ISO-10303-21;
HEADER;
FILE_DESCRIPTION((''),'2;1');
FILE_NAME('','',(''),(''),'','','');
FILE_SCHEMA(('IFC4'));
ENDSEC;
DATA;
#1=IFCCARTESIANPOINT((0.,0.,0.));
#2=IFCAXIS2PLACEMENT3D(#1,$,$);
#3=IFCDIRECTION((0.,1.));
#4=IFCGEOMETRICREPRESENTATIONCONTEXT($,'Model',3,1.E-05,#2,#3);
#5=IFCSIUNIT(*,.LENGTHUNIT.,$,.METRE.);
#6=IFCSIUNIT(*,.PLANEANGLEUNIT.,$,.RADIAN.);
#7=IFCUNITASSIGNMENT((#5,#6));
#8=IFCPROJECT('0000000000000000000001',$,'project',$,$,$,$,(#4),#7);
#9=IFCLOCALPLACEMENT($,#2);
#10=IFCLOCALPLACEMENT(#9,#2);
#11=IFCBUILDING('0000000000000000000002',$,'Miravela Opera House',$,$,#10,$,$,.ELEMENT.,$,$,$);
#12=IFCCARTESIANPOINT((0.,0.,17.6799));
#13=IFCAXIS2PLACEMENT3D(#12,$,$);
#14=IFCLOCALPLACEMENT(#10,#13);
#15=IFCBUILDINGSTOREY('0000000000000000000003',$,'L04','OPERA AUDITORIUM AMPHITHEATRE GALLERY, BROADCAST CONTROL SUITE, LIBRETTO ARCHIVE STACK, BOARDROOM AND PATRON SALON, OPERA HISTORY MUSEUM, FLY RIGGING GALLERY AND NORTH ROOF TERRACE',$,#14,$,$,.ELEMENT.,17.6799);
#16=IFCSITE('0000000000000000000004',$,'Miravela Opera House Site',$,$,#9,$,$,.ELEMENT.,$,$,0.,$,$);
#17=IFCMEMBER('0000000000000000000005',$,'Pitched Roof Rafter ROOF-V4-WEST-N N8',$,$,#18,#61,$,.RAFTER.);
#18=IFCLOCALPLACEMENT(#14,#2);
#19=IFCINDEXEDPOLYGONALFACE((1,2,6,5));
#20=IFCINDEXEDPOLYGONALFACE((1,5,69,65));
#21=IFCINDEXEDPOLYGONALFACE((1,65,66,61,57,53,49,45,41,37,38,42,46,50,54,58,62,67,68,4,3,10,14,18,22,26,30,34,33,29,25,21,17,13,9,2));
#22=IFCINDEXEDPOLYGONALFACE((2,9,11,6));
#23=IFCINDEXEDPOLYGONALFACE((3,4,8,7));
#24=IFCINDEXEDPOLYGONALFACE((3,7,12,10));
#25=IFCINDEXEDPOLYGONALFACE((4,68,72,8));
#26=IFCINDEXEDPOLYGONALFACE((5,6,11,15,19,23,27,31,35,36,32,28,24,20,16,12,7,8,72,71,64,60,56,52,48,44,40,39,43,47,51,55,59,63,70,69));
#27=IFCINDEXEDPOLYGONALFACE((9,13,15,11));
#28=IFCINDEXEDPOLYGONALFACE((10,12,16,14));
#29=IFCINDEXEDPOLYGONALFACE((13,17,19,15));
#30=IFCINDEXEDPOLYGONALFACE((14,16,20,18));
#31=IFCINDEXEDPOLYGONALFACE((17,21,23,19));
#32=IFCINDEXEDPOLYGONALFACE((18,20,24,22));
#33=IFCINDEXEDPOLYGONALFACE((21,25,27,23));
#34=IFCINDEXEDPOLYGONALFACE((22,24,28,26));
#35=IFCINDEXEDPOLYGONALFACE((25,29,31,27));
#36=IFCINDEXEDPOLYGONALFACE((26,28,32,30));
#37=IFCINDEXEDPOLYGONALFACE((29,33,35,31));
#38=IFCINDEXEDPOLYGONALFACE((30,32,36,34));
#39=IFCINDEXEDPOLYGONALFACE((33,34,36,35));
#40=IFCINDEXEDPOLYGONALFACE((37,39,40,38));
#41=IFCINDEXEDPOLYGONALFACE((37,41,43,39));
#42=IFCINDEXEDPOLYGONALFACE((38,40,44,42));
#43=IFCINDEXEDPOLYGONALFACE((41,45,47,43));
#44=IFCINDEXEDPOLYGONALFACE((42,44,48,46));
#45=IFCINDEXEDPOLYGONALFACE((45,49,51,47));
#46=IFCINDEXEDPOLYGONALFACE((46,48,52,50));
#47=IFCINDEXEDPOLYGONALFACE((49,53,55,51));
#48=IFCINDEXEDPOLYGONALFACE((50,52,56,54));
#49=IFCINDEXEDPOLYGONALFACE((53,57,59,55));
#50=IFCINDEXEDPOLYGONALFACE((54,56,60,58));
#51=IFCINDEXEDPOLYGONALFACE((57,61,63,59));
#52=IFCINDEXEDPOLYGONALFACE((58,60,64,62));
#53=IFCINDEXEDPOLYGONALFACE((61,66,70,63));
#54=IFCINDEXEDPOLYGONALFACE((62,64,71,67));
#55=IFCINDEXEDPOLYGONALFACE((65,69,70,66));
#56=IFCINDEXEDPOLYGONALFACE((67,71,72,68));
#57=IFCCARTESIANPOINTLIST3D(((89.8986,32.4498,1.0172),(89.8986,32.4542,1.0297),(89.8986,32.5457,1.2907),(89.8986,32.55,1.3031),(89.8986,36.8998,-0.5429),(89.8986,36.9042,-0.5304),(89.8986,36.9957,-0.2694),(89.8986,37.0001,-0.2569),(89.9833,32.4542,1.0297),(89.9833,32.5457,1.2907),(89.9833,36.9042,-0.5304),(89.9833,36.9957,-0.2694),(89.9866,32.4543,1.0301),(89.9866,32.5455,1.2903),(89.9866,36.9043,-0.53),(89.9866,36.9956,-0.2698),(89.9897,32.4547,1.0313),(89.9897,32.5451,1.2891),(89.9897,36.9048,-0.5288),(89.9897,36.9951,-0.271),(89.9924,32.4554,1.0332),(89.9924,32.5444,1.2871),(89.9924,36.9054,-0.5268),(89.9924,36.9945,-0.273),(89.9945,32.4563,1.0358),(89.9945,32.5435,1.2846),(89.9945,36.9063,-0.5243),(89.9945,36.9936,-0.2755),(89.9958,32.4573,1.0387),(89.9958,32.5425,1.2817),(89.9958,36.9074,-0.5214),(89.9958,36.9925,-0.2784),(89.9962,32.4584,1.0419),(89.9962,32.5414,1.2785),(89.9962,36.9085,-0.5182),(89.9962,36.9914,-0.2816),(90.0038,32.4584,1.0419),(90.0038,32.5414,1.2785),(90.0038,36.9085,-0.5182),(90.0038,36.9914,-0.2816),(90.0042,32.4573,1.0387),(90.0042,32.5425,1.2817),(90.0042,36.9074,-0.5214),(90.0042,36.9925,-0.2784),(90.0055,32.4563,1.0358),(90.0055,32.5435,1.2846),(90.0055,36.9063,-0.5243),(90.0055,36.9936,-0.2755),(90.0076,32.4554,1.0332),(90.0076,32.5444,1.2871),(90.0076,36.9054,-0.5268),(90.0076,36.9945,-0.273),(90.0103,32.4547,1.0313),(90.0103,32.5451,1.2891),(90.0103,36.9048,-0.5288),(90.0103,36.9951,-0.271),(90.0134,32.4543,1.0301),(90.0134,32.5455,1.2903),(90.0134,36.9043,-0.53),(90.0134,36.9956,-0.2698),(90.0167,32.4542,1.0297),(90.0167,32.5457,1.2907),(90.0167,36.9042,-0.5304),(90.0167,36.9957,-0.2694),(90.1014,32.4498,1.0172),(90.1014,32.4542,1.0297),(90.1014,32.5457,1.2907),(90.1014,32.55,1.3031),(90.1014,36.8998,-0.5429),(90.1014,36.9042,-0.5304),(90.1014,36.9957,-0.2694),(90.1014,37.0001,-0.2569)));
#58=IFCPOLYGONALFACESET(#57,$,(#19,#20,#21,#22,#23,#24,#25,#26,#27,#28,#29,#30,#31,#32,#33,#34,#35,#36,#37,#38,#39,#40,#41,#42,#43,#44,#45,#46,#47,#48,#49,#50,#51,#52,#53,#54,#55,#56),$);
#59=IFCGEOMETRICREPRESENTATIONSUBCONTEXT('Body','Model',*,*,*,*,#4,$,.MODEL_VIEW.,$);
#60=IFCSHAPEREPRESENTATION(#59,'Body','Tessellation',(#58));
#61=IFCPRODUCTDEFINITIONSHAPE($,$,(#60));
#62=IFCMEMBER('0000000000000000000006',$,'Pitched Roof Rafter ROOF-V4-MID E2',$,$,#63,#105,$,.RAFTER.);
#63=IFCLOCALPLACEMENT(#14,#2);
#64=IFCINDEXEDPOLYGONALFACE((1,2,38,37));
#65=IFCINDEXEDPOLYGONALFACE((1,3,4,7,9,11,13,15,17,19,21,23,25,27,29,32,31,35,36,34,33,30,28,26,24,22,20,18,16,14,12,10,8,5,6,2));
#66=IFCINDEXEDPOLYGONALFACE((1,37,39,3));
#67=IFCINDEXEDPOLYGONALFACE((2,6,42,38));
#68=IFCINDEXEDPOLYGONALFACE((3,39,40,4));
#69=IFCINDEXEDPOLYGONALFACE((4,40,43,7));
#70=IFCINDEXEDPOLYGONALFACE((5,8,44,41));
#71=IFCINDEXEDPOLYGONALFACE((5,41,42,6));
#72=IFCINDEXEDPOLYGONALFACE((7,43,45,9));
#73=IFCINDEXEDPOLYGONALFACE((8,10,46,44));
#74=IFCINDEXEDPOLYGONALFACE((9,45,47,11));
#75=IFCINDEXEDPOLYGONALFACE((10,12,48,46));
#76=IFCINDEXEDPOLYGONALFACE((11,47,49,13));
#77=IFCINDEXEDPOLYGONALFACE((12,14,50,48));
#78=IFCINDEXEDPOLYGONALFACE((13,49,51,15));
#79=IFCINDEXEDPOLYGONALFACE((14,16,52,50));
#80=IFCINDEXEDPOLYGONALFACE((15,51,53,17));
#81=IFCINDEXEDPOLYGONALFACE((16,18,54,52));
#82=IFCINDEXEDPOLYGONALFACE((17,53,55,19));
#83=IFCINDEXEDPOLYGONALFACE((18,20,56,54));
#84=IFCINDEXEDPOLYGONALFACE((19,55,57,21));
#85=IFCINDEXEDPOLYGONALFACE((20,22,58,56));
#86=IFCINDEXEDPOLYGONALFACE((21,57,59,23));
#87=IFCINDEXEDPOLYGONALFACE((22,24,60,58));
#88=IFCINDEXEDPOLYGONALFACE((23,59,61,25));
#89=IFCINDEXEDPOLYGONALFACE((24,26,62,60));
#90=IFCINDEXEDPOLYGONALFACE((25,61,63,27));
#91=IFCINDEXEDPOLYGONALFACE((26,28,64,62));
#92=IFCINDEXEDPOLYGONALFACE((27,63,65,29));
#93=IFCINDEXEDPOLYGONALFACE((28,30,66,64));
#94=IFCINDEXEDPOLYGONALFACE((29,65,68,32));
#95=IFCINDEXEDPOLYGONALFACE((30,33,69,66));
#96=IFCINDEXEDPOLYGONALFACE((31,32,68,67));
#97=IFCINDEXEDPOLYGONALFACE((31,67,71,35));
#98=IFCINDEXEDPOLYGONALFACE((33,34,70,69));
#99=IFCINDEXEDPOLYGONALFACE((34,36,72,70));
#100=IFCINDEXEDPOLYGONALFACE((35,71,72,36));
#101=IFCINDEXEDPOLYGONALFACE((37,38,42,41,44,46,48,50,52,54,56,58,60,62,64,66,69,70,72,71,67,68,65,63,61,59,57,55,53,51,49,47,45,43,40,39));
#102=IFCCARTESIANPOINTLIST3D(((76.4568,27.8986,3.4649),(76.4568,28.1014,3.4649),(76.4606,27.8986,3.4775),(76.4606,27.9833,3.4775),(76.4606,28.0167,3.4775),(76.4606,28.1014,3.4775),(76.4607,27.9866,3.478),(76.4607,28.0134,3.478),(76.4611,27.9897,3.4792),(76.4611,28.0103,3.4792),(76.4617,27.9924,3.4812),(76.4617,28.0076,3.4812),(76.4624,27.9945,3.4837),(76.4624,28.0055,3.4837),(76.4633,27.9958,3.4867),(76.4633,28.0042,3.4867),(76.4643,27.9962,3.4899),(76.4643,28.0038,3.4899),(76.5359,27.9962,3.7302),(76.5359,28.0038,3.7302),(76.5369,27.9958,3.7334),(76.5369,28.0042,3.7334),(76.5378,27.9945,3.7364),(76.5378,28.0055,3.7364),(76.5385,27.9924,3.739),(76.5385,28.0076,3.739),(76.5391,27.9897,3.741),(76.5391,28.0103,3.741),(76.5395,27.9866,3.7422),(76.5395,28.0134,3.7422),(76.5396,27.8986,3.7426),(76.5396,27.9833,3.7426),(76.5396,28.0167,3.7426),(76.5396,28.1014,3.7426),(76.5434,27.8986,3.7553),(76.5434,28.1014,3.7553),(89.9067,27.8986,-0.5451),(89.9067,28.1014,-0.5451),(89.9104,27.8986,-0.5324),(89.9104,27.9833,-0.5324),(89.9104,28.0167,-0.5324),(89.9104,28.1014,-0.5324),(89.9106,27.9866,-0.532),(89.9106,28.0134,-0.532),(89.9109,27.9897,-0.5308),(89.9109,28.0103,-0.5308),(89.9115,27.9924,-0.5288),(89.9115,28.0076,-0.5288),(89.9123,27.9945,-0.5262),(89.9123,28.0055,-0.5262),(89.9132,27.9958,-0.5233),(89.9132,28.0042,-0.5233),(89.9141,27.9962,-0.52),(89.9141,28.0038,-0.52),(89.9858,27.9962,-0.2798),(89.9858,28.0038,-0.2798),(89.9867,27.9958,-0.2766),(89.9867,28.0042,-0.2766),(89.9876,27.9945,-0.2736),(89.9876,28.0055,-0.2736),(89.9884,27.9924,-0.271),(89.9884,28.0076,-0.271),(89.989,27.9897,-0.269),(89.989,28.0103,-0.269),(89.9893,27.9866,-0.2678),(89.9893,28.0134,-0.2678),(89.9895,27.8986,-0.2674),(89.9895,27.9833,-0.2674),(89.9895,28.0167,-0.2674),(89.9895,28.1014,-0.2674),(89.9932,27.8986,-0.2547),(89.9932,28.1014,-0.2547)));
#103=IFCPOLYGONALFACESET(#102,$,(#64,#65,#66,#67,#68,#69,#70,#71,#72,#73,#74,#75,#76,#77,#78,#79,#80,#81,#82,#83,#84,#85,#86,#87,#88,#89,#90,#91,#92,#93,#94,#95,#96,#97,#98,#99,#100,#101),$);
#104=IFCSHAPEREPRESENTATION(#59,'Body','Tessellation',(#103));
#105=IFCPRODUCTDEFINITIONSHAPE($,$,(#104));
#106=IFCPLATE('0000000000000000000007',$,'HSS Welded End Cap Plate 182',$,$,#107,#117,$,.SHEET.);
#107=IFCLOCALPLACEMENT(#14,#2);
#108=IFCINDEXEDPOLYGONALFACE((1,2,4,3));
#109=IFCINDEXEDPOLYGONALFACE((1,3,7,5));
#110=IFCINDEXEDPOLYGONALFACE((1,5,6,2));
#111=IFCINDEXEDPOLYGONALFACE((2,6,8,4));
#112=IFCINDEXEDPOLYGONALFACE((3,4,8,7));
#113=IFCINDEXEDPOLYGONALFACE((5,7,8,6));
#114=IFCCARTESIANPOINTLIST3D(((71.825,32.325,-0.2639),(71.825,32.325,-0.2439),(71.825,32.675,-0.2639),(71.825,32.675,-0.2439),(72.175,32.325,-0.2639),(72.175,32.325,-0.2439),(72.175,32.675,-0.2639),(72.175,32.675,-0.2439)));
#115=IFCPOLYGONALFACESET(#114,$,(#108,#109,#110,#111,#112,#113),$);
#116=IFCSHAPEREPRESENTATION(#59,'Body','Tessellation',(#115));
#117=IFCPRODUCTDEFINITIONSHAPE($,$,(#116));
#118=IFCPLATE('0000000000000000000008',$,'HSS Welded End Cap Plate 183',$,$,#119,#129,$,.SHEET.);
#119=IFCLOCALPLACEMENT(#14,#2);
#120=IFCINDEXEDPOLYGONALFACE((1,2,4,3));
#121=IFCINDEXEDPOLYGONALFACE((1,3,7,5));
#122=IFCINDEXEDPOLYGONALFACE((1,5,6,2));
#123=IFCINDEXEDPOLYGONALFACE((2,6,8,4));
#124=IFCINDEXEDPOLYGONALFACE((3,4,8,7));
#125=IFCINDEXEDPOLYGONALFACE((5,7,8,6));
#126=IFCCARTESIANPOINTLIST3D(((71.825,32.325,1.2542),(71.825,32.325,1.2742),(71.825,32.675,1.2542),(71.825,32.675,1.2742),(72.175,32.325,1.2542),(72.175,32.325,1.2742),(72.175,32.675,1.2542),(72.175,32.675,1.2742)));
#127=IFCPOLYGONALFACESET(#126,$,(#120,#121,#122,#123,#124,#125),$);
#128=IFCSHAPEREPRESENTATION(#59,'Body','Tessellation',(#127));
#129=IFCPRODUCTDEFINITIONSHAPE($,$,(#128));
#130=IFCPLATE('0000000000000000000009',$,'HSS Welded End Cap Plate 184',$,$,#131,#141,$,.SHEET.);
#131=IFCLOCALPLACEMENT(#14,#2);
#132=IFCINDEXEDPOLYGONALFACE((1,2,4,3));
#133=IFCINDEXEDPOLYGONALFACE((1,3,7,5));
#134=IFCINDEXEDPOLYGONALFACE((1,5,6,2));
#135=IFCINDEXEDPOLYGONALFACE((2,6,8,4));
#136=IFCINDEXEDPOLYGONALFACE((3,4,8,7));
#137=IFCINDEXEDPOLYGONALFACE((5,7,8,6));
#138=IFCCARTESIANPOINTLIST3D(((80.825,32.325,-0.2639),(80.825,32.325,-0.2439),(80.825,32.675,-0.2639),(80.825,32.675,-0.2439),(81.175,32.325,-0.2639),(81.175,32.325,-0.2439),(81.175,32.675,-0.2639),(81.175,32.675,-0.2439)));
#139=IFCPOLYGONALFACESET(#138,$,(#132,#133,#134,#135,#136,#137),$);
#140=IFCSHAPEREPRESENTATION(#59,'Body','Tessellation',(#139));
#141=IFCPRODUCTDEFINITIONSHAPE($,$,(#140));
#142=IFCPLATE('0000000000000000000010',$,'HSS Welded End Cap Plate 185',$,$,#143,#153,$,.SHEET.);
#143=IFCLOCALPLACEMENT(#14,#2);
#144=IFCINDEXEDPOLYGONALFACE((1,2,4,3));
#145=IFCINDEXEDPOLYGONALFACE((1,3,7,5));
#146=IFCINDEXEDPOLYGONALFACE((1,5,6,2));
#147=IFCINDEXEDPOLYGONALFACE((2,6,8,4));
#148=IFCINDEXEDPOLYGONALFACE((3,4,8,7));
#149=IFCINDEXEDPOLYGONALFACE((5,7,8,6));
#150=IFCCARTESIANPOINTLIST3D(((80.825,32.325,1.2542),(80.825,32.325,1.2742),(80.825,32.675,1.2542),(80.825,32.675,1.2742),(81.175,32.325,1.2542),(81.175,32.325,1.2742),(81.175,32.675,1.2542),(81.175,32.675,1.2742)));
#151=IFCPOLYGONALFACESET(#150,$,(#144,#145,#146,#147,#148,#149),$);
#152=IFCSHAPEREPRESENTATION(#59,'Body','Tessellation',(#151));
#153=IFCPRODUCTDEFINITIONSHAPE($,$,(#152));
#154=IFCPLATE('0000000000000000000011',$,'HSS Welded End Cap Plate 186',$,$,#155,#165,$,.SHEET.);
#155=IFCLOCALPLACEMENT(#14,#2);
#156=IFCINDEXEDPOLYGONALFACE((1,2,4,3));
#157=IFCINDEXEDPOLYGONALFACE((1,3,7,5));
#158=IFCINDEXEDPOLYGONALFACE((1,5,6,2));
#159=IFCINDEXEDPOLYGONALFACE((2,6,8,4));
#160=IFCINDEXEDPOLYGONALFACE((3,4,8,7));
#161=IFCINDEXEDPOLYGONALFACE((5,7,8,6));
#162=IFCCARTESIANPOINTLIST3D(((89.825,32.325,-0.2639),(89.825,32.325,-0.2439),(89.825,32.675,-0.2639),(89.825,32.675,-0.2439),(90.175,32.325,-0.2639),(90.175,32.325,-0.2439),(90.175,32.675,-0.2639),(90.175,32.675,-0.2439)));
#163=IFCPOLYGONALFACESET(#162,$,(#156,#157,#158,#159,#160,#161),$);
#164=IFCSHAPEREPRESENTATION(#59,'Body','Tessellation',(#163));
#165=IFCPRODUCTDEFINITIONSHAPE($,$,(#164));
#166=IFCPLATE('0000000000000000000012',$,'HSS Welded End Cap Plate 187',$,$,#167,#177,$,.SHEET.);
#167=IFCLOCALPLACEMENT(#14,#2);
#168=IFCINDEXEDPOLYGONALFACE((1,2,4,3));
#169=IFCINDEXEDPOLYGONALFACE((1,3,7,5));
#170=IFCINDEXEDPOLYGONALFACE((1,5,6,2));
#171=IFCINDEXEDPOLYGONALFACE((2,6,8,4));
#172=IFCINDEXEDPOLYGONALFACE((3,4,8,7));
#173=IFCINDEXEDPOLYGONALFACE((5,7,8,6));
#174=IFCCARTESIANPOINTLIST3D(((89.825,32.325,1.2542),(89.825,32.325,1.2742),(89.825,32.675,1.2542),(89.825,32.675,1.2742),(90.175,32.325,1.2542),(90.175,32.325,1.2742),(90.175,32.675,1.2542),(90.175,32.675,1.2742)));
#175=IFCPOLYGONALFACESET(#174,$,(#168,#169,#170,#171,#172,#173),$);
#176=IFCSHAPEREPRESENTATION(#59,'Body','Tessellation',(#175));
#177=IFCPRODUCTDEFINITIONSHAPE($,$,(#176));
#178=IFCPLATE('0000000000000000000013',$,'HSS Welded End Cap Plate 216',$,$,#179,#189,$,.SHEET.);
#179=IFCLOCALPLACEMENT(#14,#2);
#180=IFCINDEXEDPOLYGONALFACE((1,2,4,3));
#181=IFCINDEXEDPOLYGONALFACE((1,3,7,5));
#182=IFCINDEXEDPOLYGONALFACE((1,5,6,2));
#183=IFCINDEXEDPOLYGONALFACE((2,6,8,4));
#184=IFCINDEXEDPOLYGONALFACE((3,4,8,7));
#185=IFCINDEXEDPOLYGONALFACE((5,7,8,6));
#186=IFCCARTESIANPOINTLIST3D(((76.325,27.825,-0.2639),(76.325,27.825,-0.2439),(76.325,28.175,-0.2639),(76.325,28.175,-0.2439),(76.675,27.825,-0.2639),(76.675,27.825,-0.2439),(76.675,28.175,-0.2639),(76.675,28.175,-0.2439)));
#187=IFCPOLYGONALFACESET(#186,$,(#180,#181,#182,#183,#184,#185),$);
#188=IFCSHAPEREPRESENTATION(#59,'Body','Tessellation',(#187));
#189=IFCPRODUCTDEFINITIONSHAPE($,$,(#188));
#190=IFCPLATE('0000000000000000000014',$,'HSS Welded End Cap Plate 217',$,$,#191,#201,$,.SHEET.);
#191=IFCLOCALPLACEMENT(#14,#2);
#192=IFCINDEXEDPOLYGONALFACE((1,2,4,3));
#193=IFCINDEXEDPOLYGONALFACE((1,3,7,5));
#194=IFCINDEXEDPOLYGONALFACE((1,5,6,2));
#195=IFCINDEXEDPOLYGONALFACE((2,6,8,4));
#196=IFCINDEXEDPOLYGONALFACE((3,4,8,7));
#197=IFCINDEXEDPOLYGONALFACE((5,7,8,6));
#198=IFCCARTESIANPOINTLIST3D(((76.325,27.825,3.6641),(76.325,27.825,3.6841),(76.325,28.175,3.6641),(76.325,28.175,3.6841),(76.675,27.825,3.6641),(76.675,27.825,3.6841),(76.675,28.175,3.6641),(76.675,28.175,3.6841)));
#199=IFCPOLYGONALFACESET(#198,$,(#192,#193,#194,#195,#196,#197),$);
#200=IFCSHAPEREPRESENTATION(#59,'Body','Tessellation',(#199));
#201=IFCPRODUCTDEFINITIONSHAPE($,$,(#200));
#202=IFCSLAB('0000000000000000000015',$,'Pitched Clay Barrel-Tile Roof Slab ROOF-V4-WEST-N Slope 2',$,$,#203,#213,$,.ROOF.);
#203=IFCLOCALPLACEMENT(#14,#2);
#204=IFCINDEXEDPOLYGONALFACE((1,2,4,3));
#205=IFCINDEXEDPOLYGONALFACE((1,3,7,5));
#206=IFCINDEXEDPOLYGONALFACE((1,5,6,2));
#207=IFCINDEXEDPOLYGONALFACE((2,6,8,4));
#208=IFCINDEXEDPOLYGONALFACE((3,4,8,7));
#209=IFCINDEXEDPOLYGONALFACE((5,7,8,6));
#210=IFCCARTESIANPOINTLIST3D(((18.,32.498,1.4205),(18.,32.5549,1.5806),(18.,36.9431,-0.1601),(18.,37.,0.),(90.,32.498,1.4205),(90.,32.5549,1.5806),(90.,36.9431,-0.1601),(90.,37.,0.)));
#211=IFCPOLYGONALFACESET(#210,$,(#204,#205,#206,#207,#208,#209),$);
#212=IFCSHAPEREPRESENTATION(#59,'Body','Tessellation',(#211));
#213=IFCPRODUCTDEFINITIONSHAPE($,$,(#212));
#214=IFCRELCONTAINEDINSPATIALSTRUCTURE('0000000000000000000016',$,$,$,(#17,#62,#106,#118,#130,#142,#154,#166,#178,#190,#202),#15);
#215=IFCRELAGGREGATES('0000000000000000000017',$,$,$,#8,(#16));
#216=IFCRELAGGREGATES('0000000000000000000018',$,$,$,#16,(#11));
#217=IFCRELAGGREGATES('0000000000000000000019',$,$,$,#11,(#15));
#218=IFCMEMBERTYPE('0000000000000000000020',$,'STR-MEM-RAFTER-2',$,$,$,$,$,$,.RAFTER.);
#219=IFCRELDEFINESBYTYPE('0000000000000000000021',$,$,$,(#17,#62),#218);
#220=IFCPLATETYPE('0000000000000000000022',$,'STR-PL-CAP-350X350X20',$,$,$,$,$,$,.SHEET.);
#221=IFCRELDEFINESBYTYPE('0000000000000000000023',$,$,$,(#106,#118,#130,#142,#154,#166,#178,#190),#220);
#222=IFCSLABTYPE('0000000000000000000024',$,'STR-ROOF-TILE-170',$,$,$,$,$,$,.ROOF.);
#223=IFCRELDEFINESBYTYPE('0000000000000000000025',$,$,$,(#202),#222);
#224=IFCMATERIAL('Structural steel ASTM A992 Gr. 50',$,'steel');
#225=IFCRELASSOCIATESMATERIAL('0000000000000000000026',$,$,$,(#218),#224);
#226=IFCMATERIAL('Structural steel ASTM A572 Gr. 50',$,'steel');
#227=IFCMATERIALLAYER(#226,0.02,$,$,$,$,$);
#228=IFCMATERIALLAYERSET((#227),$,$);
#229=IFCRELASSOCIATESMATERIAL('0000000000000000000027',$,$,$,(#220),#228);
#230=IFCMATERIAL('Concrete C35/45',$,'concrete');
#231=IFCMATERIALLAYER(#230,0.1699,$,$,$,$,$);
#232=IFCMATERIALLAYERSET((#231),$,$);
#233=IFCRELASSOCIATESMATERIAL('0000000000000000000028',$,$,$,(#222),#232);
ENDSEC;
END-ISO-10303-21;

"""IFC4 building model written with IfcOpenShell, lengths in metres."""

from ifc_helpers import new_model, si_unit, direction, frame, origin, origin_2d, place, context, subcontext, project, spatial, polyline, rectangle, i_section, outline, extrude, material, layer, layer_set, material_profile, profile_set, type_object, element, save


model = new_model("IFC4")

# Units and contexts
model_context = context("Model", 3, precision=1e-05, world=origin(), true_north=direction((0.0, 1.0)))
body_context = subcontext(model_context, "Body", "Model", "MODEL_VIEW")
ifc_project = project(units=[si_unit("LENGTHUNIT", "METRE"), si_unit("PLANEANGLEUNIT", "RADIAN")], contexts=[model_context])

# Site, building, storey
site_placement = place(None, origin())
site = spatial("IfcSite", under=ifc_project, at=site_placement, Name="Miravela Opera House Site", CompositionType="ELEMENT", RefElevation=0.0)
building_placement = place(site_placement, origin())
building = spatial("IfcBuilding", under=site, at=building_placement, Name="Miravela Opera House", CompositionType="ELEMENT")
storey_placement = place(building_placement, frame((0.0, 0.0, 17.6799)))
storey = spatial("IfcBuildingStorey", under=building, at=storey_placement, Name="L04", Description="OPERA AUDITORIUM AMPHITHEATRE GALLERY, BROADCAST CONTROL SUITE, LIBRETTO ARCHIVE STACK, BOARDROOM AND PATRON SALON, OPERA HISTORY MUSEUM, FLY RIGGING GALLERY AND NORTH ROOF TERRACE", CompositionType="ELEMENT", Elevation=17.6799)

# Shared definitions
ifc_material_1 = material(Name="Concrete C35/45", Category="concrete")

# Members
ifc_material_2 = material(Name="Structural steel ASTM A992 Gr. 50", Category="steel")
ifc_material_profile_1 = material_profile(ifc_material_2, i_section(OverallWidth=0.2029, OverallDepth=0.303, WebThickness=0.0076, FlangeThickness=0.0132, FilletRadius=0.0129, at=origin_2d()), Name="W310X60")
ifc_profile_set_1 = profile_set([ifc_material_profile_1])
member_type_1 = type_object("IfcMemberType", Name="STR-MEM-RAFTER-2", PredefinedType="RAFTER", material=ifc_profile_set_1)
for number, where, z_axis, x_axis, name in (
    (1, (90.0, 36.95, -0.3999), (0.0, -0.943688, 0.330837), (1.0, 0.0, 0.0), "Pitched Roof Rafter ROOF-V4-WEST-N N8"),
):
    element("IfcMember", number, at=place(storey_placement, frame(where, z_axis=z_axis, x_axis=x_axis)), inside=storey, type_object=member_type_1, Name=name, PredefinedType="RAFTER", context=body_context, shape_type="SweptSolid", body=[
        extrude(i_section(OverallWidth=0.2029, OverallDepth=0.303, WebThickness=0.0076, FlangeThickness=0.0132, FilletRadius=0.0129, at=origin_2d()), origin(), (0.0, 0.0, 1.0), 4.7156),
    ])
member_placement = place(storey_placement, frame((89.95, 28.0, -0.3999), z_axis=(-0.958315, 0.0, 0.285715), x_axis=(0.0, -1.0, 0.0)))
element("IfcMember", 2, at=member_placement, inside=storey, type_object=member_type_1, Name="Pitched Roof Rafter ROOF-V4-MID E2", PredefinedType="RAFTER", context=body_context, shape_type="SweptSolid", body=[
    extrude(i_section(OverallWidth=0.2029, OverallDepth=0.303, WebThickness=0.0076, FlangeThickness=0.0132, FilletRadius=0.0129, at=origin_2d()), origin(), (0.0, 0.0, 1.0), 14.0349),
])

# Plates
ifc_material_3 = material(Name="Structural steel ASTM A572 Gr. 50", Category="steel")
ifc_layer_1 = layer(ifc_material_3, 0.02)
ifc_layer_set_1 = layer_set([ifc_layer_1])
plate_type = type_object("IfcPlateType", Name="STR-PL-CAP-350X350X20", PredefinedType="SHEET", material=ifc_layer_set_1)
for number, where, z_axis, x_axis, name in (
    (3, (72.0, 32.5, -0.2639), (0.0, 0.0, 1.0), (1.0, 0.0, 0.0), "HSS Welded End Cap Plate 182"),
    (4, (72.0, 32.5, 1.2542), (0.0, 0.0, 1.0), (1.0, 0.0, 0.0), "HSS Welded End Cap Plate 183"),
    (5, (81.0, 32.5, -0.2639), (0.0, 0.0, 1.0), (1.0, 0.0, 0.0), "HSS Welded End Cap Plate 184"),
    (6, (81.0, 32.5, 1.2542), (0.0, 0.0, 1.0), (1.0, 0.0, 0.0), "HSS Welded End Cap Plate 185"),
    (7, (90.0, 32.5, -0.2639), (0.0, 0.0, 1.0), (1.0, 0.0, 0.0), "HSS Welded End Cap Plate 186"),
    (8, (90.0, 32.5, 1.2542), (0.0, 0.0, 1.0), (1.0, 0.0, 0.0), "HSS Welded End Cap Plate 187"),
    (9, (76.5, 28.0, -0.2639), (0.0, 0.0, 1.0), (1.0, 0.0, 0.0), "HSS Welded End Cap Plate 216"),
    (10, (76.5, 28.0, 3.6641), (0.0, 0.0, 1.0), (1.0, 0.0, 0.0), "HSS Welded End Cap Plate 217"),
):
    element("IfcPlate", number, at=place(storey_placement, frame(where, z_axis=z_axis, x_axis=x_axis)), inside=storey, type_object=plate_type, Name=name, PredefinedType="SHEET", context=body_context, shape_type="SweptSolid", body=[
        extrude(rectangle(XDim=0.3501, YDim=0.3501, at=origin_2d()), origin(), (0.0, 0.0, 1.0), 0.02),
    ])

# Slab
ifc_layer_2 = layer(ifc_material_1, 0.1699)
ifc_layer_set_2 = layer_set([ifc_layer_2])
slab_type = type_object("IfcSlabType", Name="STR-ROOF-TILE-170", PredefinedType="ROOF", material=ifc_layer_set_2)
slab_1_placement = place(storey_placement, frame((90.0, 37.0, 0.0), z_axis=(0.0, 0.335028, 0.942208), x_axis=(-1.0, 0.0, 0.0)))
element("IfcSlab", 11, at=slab_1_placement, inside=storey, type_object=slab_type, Name="Pitched Clay Barrel-Tile Roof Slab ROOF-V4-WEST-N Slope 2", PredefinedType="ROOF", context=body_context, shape_type="SweptSolid", body=[
    extrude(outline(polyline([(0.0, 0.0), (72.0, 0.0), (72.0, 4.7177), (0.0, 4.7177), (0.0, 0.0)])), origin(), (0.0, 0.0, -1.0), 0.1699),
])

save(model, "model.ifc")
